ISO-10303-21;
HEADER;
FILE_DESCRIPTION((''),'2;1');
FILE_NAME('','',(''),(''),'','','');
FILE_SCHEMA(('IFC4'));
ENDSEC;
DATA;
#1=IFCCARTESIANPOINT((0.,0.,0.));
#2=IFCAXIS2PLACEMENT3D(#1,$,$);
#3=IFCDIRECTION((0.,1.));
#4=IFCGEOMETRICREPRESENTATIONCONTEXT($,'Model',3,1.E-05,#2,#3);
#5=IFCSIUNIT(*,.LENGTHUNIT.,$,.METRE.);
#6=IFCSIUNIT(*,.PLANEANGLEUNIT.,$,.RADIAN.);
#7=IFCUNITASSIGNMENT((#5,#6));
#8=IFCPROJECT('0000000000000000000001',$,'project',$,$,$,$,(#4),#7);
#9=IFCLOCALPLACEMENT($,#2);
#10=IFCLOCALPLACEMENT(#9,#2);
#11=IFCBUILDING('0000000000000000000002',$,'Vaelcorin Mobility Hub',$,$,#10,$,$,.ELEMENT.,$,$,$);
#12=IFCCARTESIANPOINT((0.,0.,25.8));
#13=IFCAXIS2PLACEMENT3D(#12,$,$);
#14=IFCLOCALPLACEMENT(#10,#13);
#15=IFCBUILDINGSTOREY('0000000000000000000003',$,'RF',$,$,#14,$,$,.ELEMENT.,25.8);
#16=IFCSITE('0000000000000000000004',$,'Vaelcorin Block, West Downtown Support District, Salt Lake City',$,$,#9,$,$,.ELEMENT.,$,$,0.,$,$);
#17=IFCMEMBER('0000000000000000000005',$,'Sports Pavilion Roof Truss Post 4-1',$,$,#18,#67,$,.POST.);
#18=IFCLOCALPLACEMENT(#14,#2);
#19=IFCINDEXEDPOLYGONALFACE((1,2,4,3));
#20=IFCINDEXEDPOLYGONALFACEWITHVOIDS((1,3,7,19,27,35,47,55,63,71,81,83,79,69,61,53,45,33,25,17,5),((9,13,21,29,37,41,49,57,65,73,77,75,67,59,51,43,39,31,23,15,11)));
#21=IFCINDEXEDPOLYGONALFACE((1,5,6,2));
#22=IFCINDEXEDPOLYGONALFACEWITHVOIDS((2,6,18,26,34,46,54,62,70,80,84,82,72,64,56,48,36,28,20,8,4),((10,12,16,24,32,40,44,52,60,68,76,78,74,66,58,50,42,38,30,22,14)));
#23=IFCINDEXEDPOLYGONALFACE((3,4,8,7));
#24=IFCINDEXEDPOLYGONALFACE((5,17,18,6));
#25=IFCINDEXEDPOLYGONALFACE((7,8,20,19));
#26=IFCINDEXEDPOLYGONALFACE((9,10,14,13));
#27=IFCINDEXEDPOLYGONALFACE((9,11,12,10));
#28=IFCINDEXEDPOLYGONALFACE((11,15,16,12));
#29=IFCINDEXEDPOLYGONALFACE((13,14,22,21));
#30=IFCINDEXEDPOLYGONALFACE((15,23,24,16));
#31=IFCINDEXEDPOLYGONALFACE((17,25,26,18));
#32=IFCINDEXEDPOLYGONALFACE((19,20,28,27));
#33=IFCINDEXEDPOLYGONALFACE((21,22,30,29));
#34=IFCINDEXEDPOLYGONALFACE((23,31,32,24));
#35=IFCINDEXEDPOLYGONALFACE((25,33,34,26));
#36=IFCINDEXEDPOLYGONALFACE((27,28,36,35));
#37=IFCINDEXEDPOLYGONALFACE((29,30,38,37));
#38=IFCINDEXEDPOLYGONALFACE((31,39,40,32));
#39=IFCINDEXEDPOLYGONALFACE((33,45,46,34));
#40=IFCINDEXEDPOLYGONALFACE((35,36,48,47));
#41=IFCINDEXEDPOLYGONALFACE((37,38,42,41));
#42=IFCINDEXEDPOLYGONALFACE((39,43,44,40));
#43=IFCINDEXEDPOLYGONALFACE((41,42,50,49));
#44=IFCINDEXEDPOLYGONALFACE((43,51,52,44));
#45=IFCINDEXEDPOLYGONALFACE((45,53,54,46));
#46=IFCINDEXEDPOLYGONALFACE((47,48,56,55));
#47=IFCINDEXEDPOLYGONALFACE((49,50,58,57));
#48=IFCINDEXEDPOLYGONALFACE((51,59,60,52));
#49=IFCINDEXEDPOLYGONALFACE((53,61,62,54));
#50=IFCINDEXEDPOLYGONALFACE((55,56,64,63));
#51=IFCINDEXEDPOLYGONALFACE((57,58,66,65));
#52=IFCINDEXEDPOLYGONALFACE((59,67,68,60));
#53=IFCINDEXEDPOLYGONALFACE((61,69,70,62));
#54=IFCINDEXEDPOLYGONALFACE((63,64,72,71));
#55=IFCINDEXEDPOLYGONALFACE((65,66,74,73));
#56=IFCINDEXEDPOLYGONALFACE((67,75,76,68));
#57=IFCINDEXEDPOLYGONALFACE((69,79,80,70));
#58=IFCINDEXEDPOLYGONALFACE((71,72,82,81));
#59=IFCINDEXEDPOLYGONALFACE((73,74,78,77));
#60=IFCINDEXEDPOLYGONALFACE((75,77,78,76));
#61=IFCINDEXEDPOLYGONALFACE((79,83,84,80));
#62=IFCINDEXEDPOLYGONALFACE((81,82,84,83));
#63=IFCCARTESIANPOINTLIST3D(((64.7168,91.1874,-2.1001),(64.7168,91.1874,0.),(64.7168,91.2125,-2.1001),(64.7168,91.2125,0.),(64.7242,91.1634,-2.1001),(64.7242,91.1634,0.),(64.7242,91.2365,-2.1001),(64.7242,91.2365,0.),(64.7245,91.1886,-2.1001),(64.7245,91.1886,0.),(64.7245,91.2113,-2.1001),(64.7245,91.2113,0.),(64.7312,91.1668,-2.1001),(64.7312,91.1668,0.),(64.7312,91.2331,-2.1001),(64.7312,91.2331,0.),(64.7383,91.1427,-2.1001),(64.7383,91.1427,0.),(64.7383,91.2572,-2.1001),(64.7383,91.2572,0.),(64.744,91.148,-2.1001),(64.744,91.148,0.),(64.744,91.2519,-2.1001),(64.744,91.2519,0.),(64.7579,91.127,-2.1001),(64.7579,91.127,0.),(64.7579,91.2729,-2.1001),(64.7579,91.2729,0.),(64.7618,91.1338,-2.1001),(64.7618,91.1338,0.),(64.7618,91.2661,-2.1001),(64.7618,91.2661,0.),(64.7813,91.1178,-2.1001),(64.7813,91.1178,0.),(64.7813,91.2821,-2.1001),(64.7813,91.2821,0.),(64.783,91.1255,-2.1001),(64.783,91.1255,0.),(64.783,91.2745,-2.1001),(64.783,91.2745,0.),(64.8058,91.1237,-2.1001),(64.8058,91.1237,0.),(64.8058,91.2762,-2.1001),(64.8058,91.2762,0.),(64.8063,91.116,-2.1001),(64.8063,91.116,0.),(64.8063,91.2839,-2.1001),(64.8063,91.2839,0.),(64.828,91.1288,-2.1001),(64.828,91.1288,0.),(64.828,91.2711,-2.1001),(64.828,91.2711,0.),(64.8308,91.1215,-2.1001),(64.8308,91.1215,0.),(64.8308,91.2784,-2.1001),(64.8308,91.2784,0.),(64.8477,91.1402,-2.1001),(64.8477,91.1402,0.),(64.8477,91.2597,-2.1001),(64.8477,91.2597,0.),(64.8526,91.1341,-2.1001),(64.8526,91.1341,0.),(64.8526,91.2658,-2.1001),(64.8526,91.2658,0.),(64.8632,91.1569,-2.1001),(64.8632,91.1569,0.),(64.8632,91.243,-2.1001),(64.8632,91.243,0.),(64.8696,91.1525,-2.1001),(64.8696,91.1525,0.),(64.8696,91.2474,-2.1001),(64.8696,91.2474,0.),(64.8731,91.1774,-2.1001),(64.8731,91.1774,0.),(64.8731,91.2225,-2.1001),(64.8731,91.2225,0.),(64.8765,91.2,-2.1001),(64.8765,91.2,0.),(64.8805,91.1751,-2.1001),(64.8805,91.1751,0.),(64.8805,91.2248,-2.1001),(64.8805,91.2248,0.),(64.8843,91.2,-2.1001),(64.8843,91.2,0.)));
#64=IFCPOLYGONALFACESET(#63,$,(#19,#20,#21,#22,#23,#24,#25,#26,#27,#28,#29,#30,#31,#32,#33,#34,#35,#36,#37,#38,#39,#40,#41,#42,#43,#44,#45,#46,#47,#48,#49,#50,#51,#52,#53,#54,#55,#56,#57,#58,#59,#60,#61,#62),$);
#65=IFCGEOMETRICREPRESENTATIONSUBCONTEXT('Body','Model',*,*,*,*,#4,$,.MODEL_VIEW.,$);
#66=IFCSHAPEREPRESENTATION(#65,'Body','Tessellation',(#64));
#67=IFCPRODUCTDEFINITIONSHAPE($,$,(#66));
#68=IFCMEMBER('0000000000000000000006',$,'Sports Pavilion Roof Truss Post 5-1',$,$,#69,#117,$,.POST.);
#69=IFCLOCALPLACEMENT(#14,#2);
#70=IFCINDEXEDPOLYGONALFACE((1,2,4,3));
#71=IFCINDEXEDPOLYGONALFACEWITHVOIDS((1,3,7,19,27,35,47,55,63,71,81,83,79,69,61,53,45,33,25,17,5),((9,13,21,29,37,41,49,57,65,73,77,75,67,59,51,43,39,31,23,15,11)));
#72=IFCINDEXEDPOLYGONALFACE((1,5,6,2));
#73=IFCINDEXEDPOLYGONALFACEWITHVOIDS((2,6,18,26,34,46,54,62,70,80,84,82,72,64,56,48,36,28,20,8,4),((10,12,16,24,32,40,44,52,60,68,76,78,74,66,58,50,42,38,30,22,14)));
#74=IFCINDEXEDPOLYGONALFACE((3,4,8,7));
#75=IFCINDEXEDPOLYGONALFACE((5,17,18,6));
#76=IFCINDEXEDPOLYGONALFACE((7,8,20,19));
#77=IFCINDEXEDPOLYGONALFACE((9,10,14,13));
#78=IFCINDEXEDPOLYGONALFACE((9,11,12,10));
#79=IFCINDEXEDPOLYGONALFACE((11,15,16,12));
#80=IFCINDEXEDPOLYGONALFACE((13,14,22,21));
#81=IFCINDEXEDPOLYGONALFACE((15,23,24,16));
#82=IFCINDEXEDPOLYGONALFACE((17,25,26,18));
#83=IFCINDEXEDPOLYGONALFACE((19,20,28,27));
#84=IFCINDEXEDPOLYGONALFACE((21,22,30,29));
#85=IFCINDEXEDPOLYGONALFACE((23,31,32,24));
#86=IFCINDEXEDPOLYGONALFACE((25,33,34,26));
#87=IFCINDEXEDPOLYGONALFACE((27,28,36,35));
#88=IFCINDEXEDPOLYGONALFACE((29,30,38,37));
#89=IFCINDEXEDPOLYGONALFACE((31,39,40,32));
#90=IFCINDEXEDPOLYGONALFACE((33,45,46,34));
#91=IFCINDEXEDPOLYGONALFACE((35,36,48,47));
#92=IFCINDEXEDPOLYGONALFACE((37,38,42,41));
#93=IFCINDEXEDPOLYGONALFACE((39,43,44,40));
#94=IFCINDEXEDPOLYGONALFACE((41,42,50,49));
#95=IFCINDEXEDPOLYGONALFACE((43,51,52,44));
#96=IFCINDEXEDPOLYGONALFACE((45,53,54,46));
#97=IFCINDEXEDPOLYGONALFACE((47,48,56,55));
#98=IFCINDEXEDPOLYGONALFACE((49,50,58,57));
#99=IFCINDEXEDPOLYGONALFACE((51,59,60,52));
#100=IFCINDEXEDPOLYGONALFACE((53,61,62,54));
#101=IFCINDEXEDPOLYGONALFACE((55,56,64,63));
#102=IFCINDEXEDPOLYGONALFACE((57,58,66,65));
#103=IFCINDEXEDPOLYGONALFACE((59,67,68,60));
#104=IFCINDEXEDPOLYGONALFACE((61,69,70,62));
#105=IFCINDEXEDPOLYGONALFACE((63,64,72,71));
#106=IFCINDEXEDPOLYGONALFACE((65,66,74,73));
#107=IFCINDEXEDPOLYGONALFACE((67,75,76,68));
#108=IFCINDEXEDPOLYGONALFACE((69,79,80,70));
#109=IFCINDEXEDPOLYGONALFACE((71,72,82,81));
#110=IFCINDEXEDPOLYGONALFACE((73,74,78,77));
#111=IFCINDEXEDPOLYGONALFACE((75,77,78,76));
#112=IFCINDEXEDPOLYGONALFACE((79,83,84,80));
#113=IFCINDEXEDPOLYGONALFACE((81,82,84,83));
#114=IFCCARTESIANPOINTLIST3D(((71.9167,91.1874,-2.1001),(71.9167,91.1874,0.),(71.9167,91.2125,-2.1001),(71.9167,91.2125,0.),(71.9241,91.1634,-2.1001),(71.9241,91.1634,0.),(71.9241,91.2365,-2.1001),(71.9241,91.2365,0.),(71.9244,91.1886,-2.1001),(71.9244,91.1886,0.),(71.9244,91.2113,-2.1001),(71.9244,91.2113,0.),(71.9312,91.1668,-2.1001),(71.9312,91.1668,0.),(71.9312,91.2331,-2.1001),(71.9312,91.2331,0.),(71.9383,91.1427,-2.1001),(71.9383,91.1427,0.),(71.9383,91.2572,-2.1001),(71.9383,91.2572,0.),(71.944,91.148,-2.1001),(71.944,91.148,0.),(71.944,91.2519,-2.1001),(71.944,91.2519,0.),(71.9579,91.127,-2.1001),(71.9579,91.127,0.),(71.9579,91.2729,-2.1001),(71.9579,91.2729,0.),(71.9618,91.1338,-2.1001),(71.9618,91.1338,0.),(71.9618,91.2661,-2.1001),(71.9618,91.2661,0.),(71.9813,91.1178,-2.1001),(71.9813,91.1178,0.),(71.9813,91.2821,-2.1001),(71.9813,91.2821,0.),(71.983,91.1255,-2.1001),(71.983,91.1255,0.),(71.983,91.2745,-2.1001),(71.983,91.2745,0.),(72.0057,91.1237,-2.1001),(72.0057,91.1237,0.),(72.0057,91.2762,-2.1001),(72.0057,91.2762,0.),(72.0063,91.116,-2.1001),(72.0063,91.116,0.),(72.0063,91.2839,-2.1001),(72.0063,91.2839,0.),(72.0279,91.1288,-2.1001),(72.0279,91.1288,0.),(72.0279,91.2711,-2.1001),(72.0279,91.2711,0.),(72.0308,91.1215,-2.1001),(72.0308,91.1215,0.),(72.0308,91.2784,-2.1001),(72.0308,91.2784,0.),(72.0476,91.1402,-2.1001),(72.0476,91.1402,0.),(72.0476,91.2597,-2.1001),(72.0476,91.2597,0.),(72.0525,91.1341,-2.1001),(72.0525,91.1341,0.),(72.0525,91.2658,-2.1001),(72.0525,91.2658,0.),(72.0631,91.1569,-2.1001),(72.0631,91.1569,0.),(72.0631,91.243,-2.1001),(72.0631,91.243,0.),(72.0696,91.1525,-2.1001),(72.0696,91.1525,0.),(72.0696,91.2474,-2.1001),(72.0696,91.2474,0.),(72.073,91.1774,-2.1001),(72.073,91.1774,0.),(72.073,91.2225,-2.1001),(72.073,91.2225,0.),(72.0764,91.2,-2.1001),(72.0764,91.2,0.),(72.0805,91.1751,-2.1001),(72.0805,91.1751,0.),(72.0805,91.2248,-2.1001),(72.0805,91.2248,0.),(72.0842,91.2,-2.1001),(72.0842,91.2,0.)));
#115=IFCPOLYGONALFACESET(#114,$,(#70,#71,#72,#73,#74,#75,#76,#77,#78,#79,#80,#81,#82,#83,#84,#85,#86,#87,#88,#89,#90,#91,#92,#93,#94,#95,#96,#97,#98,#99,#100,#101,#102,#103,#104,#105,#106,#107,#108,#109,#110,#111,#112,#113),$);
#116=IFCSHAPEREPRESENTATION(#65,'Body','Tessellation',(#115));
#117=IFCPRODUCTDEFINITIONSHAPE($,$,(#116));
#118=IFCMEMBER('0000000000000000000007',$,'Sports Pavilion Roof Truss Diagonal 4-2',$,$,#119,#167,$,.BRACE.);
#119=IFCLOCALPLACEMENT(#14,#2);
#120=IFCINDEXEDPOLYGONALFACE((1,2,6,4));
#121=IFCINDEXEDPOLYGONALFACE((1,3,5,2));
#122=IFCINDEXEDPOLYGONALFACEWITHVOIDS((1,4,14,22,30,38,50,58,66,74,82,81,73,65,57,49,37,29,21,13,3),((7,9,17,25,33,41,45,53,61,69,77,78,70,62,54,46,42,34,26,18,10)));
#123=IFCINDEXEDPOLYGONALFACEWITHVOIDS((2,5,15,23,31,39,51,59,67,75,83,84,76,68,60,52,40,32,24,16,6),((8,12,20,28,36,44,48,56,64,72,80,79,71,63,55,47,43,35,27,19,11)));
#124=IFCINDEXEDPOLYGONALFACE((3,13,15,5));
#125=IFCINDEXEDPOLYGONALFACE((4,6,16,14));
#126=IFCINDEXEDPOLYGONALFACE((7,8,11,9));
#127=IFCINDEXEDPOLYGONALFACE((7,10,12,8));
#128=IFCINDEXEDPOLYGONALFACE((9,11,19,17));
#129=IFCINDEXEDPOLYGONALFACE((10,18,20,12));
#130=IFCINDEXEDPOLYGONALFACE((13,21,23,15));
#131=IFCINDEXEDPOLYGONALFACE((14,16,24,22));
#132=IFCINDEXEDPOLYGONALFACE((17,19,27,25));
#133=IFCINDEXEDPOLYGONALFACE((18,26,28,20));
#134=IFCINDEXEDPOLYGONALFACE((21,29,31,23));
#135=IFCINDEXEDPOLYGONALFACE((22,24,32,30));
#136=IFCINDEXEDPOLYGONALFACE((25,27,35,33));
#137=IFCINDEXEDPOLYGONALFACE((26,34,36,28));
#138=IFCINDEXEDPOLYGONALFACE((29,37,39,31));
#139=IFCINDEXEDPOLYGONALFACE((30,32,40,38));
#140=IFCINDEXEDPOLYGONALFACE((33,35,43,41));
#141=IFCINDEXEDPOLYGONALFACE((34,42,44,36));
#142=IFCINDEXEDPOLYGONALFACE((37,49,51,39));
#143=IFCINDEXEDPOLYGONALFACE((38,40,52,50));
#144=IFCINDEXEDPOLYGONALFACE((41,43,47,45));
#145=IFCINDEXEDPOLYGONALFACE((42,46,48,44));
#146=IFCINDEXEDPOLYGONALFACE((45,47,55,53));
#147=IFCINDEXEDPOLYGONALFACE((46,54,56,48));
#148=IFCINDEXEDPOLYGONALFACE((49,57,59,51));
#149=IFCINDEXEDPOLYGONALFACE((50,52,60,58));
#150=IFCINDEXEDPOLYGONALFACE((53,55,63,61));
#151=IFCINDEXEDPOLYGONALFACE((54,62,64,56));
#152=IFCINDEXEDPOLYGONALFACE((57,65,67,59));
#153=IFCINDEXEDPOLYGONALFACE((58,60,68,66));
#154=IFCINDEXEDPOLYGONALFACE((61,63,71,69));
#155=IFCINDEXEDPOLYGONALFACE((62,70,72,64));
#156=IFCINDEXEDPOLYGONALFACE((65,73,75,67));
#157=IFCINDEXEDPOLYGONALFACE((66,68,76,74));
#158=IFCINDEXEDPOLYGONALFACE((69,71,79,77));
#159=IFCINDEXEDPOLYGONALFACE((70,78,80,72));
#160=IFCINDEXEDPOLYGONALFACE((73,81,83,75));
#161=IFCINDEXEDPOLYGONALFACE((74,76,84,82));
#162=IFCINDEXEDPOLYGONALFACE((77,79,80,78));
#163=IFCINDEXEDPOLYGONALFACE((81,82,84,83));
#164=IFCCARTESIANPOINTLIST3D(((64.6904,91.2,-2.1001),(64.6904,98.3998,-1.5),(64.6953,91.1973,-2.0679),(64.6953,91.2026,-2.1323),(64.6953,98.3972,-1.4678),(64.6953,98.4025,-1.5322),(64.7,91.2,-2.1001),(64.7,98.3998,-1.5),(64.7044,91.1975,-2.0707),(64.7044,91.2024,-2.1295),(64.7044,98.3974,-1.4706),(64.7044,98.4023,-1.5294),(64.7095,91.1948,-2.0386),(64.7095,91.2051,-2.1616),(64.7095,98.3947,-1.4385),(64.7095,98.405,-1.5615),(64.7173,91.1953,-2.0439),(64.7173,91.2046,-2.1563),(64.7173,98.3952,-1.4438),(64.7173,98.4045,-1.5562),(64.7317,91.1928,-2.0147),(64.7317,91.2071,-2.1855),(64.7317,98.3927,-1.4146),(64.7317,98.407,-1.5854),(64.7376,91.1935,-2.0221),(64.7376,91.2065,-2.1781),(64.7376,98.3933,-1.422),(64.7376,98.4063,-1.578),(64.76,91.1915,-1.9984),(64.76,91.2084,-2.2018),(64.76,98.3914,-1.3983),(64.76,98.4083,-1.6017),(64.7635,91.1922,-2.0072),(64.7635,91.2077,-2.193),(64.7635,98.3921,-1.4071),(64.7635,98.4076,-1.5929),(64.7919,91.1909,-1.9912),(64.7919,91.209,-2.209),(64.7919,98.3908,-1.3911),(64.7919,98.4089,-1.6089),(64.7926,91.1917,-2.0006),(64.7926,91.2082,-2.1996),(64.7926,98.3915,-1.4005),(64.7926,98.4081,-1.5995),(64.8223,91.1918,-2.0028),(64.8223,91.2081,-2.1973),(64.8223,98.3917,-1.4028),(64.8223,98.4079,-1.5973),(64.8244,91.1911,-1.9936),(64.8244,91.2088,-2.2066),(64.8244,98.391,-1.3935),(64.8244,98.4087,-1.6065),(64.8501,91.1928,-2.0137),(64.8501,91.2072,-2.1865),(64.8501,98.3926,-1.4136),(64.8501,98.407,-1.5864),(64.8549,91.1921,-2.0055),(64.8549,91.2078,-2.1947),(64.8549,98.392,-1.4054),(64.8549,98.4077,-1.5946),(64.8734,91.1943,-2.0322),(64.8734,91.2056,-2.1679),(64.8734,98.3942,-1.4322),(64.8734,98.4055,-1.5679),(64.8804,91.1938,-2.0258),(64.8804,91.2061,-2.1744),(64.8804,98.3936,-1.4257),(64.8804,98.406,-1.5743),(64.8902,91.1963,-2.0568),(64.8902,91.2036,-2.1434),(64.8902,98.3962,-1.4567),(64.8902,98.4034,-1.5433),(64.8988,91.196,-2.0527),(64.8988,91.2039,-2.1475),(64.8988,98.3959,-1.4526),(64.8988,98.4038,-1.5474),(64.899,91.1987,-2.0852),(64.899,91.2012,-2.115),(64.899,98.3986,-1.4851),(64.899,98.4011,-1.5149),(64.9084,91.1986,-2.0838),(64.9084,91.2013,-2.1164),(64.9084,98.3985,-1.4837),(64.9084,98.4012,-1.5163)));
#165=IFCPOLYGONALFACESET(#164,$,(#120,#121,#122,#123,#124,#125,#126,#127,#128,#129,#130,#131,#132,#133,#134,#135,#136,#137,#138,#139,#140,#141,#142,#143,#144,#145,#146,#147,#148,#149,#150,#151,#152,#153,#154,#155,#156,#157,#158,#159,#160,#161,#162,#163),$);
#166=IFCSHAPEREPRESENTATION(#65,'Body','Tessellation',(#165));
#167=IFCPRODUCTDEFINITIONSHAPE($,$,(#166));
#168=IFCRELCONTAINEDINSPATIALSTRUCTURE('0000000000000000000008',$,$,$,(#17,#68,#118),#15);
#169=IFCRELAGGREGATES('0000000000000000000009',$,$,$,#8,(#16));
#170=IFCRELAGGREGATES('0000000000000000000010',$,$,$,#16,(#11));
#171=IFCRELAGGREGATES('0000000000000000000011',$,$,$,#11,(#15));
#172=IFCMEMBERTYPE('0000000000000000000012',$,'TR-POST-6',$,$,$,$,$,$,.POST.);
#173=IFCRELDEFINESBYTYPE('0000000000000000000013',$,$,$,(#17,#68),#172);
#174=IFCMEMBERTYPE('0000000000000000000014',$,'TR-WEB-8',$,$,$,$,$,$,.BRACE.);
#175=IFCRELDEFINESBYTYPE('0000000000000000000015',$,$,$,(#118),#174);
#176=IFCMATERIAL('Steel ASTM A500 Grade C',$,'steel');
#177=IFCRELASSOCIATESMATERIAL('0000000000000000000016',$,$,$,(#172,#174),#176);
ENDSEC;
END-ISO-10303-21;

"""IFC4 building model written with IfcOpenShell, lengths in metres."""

from ifc_helpers import new_model, si_unit, direction, frame, origin, origin_2d, place, context, subcontext, project, spatial, hollow_circle, extrude, material, material_profile, profile_set, type_object, element, save


model = new_model("IFC4")

# Units and contexts
model_context = context("Model", 3, precision=1e-05, world=origin(), true_north=direction((0.0, 1.0)))
body_context = subcontext(model_context, "Body", "Model", "MODEL_VIEW")
ifc_project = project(units=[si_unit("LENGTHUNIT", "METRE"), si_unit("PLANEANGLEUNIT", "RADIAN")], contexts=[model_context])

# Site, building, storey
site_placement = place(None, origin())
site = spatial("IfcSite", under=ifc_project, at=site_placement, Name="Vaelcorin Block, West Downtown Support District, Salt Lake City", CompositionType="ELEMENT", RefElevation=0.0)
building_placement = place(site_placement, origin())
building = spatial("IfcBuilding", under=site, at=building_placement, Name="Vaelcorin Mobility Hub", CompositionType="ELEMENT")
storey_placement = place(building_placement, frame((0.0, 0.0, 25.8)))
storey = spatial("IfcBuildingStorey", under=building, at=storey_placement, Name="RF", CompositionType="ELEMENT", Elevation=25.8)

# Shared definitions
ifc_material_1 = material(Name="Steel ASTM A500 Grade C", Category="steel")

# Members
ifc_material_profile_1 = material_profile(ifc_material_1, hollow_circle(Radius=0.0842, WallThickness=0.0078, at=origin_2d()), Name="HSS6.625X0.312")
ifc_profile_set_1 = profile_set([ifc_material_profile_1], Name="Steel ASTM A500 Grade C")
member_type_1 = type_object("IfcMemberType", Name="TR-POST-6", PredefinedType="POST", material=ifc_profile_set_1)
for number, where, z_axis, x_axis, name in (
    (1, (64.8, 91.2, -2.1001), (0.0, 0.0, 1.0), (1.0, 0.0, 0.0), "Sports Pavilion Roof Truss Post 4-1"),
    (2, (72.0, 91.2, -2.1001), (0.0, 0.0, 1.0), (1.0, 0.0, 0.0), "Sports Pavilion Roof Truss Post 5-1"),
):
    element("IfcMember", number, at=place(storey_placement, frame(where, z_axis=z_axis, x_axis=x_axis)), inside=storey, type_object=member_type_1, Name=name, PredefinedType="POST", context=body_context, shape_type="SweptSolid", body=[
        extrude(hollow_circle(Radius=0.0842, WallThickness=0.0078, at=origin_2d()), origin(), (0.0, 0.0, 1.0), 2.1001),
    ])
ifc_material_profile_2 = material_profile(ifc_material_1, hollow_circle(Radius=0.1096, WallThickness=0.0095, at=origin_2d()), Name="HSS8.625X0.375")
ifc_profile_set_2 = profile_set([ifc_material_profile_2], Name="Steel ASTM A500 Grade C")
member_type_2 = type_object("IfcMemberType", Name="TR-WEB-8", PredefinedType="BRACE", material=ifc_profile_set_2)
for number, where, z_axis, x_axis, name in (
    (3, (64.8, 91.2, -2.1001), (0.0, 0.996545, 0.083059), (-1.0, 0.0, 0.0), "Sports Pavilion Roof Truss Diagonal 4-2"),
):
    element("IfcMember", number, at=place(storey_placement, frame(where, z_axis=z_axis, x_axis=x_axis)), inside=storey, type_object=member_type_2, Name=name, PredefinedType="BRACE", context=body_context, shape_type="SweptSolid", body=[
        extrude(hollow_circle(Radius=0.1096, WallThickness=0.0095, at=origin_2d()), origin(), (0.0, 0.0, 1.0), 7.2249),
    ])

save(model, "model.ifc")
